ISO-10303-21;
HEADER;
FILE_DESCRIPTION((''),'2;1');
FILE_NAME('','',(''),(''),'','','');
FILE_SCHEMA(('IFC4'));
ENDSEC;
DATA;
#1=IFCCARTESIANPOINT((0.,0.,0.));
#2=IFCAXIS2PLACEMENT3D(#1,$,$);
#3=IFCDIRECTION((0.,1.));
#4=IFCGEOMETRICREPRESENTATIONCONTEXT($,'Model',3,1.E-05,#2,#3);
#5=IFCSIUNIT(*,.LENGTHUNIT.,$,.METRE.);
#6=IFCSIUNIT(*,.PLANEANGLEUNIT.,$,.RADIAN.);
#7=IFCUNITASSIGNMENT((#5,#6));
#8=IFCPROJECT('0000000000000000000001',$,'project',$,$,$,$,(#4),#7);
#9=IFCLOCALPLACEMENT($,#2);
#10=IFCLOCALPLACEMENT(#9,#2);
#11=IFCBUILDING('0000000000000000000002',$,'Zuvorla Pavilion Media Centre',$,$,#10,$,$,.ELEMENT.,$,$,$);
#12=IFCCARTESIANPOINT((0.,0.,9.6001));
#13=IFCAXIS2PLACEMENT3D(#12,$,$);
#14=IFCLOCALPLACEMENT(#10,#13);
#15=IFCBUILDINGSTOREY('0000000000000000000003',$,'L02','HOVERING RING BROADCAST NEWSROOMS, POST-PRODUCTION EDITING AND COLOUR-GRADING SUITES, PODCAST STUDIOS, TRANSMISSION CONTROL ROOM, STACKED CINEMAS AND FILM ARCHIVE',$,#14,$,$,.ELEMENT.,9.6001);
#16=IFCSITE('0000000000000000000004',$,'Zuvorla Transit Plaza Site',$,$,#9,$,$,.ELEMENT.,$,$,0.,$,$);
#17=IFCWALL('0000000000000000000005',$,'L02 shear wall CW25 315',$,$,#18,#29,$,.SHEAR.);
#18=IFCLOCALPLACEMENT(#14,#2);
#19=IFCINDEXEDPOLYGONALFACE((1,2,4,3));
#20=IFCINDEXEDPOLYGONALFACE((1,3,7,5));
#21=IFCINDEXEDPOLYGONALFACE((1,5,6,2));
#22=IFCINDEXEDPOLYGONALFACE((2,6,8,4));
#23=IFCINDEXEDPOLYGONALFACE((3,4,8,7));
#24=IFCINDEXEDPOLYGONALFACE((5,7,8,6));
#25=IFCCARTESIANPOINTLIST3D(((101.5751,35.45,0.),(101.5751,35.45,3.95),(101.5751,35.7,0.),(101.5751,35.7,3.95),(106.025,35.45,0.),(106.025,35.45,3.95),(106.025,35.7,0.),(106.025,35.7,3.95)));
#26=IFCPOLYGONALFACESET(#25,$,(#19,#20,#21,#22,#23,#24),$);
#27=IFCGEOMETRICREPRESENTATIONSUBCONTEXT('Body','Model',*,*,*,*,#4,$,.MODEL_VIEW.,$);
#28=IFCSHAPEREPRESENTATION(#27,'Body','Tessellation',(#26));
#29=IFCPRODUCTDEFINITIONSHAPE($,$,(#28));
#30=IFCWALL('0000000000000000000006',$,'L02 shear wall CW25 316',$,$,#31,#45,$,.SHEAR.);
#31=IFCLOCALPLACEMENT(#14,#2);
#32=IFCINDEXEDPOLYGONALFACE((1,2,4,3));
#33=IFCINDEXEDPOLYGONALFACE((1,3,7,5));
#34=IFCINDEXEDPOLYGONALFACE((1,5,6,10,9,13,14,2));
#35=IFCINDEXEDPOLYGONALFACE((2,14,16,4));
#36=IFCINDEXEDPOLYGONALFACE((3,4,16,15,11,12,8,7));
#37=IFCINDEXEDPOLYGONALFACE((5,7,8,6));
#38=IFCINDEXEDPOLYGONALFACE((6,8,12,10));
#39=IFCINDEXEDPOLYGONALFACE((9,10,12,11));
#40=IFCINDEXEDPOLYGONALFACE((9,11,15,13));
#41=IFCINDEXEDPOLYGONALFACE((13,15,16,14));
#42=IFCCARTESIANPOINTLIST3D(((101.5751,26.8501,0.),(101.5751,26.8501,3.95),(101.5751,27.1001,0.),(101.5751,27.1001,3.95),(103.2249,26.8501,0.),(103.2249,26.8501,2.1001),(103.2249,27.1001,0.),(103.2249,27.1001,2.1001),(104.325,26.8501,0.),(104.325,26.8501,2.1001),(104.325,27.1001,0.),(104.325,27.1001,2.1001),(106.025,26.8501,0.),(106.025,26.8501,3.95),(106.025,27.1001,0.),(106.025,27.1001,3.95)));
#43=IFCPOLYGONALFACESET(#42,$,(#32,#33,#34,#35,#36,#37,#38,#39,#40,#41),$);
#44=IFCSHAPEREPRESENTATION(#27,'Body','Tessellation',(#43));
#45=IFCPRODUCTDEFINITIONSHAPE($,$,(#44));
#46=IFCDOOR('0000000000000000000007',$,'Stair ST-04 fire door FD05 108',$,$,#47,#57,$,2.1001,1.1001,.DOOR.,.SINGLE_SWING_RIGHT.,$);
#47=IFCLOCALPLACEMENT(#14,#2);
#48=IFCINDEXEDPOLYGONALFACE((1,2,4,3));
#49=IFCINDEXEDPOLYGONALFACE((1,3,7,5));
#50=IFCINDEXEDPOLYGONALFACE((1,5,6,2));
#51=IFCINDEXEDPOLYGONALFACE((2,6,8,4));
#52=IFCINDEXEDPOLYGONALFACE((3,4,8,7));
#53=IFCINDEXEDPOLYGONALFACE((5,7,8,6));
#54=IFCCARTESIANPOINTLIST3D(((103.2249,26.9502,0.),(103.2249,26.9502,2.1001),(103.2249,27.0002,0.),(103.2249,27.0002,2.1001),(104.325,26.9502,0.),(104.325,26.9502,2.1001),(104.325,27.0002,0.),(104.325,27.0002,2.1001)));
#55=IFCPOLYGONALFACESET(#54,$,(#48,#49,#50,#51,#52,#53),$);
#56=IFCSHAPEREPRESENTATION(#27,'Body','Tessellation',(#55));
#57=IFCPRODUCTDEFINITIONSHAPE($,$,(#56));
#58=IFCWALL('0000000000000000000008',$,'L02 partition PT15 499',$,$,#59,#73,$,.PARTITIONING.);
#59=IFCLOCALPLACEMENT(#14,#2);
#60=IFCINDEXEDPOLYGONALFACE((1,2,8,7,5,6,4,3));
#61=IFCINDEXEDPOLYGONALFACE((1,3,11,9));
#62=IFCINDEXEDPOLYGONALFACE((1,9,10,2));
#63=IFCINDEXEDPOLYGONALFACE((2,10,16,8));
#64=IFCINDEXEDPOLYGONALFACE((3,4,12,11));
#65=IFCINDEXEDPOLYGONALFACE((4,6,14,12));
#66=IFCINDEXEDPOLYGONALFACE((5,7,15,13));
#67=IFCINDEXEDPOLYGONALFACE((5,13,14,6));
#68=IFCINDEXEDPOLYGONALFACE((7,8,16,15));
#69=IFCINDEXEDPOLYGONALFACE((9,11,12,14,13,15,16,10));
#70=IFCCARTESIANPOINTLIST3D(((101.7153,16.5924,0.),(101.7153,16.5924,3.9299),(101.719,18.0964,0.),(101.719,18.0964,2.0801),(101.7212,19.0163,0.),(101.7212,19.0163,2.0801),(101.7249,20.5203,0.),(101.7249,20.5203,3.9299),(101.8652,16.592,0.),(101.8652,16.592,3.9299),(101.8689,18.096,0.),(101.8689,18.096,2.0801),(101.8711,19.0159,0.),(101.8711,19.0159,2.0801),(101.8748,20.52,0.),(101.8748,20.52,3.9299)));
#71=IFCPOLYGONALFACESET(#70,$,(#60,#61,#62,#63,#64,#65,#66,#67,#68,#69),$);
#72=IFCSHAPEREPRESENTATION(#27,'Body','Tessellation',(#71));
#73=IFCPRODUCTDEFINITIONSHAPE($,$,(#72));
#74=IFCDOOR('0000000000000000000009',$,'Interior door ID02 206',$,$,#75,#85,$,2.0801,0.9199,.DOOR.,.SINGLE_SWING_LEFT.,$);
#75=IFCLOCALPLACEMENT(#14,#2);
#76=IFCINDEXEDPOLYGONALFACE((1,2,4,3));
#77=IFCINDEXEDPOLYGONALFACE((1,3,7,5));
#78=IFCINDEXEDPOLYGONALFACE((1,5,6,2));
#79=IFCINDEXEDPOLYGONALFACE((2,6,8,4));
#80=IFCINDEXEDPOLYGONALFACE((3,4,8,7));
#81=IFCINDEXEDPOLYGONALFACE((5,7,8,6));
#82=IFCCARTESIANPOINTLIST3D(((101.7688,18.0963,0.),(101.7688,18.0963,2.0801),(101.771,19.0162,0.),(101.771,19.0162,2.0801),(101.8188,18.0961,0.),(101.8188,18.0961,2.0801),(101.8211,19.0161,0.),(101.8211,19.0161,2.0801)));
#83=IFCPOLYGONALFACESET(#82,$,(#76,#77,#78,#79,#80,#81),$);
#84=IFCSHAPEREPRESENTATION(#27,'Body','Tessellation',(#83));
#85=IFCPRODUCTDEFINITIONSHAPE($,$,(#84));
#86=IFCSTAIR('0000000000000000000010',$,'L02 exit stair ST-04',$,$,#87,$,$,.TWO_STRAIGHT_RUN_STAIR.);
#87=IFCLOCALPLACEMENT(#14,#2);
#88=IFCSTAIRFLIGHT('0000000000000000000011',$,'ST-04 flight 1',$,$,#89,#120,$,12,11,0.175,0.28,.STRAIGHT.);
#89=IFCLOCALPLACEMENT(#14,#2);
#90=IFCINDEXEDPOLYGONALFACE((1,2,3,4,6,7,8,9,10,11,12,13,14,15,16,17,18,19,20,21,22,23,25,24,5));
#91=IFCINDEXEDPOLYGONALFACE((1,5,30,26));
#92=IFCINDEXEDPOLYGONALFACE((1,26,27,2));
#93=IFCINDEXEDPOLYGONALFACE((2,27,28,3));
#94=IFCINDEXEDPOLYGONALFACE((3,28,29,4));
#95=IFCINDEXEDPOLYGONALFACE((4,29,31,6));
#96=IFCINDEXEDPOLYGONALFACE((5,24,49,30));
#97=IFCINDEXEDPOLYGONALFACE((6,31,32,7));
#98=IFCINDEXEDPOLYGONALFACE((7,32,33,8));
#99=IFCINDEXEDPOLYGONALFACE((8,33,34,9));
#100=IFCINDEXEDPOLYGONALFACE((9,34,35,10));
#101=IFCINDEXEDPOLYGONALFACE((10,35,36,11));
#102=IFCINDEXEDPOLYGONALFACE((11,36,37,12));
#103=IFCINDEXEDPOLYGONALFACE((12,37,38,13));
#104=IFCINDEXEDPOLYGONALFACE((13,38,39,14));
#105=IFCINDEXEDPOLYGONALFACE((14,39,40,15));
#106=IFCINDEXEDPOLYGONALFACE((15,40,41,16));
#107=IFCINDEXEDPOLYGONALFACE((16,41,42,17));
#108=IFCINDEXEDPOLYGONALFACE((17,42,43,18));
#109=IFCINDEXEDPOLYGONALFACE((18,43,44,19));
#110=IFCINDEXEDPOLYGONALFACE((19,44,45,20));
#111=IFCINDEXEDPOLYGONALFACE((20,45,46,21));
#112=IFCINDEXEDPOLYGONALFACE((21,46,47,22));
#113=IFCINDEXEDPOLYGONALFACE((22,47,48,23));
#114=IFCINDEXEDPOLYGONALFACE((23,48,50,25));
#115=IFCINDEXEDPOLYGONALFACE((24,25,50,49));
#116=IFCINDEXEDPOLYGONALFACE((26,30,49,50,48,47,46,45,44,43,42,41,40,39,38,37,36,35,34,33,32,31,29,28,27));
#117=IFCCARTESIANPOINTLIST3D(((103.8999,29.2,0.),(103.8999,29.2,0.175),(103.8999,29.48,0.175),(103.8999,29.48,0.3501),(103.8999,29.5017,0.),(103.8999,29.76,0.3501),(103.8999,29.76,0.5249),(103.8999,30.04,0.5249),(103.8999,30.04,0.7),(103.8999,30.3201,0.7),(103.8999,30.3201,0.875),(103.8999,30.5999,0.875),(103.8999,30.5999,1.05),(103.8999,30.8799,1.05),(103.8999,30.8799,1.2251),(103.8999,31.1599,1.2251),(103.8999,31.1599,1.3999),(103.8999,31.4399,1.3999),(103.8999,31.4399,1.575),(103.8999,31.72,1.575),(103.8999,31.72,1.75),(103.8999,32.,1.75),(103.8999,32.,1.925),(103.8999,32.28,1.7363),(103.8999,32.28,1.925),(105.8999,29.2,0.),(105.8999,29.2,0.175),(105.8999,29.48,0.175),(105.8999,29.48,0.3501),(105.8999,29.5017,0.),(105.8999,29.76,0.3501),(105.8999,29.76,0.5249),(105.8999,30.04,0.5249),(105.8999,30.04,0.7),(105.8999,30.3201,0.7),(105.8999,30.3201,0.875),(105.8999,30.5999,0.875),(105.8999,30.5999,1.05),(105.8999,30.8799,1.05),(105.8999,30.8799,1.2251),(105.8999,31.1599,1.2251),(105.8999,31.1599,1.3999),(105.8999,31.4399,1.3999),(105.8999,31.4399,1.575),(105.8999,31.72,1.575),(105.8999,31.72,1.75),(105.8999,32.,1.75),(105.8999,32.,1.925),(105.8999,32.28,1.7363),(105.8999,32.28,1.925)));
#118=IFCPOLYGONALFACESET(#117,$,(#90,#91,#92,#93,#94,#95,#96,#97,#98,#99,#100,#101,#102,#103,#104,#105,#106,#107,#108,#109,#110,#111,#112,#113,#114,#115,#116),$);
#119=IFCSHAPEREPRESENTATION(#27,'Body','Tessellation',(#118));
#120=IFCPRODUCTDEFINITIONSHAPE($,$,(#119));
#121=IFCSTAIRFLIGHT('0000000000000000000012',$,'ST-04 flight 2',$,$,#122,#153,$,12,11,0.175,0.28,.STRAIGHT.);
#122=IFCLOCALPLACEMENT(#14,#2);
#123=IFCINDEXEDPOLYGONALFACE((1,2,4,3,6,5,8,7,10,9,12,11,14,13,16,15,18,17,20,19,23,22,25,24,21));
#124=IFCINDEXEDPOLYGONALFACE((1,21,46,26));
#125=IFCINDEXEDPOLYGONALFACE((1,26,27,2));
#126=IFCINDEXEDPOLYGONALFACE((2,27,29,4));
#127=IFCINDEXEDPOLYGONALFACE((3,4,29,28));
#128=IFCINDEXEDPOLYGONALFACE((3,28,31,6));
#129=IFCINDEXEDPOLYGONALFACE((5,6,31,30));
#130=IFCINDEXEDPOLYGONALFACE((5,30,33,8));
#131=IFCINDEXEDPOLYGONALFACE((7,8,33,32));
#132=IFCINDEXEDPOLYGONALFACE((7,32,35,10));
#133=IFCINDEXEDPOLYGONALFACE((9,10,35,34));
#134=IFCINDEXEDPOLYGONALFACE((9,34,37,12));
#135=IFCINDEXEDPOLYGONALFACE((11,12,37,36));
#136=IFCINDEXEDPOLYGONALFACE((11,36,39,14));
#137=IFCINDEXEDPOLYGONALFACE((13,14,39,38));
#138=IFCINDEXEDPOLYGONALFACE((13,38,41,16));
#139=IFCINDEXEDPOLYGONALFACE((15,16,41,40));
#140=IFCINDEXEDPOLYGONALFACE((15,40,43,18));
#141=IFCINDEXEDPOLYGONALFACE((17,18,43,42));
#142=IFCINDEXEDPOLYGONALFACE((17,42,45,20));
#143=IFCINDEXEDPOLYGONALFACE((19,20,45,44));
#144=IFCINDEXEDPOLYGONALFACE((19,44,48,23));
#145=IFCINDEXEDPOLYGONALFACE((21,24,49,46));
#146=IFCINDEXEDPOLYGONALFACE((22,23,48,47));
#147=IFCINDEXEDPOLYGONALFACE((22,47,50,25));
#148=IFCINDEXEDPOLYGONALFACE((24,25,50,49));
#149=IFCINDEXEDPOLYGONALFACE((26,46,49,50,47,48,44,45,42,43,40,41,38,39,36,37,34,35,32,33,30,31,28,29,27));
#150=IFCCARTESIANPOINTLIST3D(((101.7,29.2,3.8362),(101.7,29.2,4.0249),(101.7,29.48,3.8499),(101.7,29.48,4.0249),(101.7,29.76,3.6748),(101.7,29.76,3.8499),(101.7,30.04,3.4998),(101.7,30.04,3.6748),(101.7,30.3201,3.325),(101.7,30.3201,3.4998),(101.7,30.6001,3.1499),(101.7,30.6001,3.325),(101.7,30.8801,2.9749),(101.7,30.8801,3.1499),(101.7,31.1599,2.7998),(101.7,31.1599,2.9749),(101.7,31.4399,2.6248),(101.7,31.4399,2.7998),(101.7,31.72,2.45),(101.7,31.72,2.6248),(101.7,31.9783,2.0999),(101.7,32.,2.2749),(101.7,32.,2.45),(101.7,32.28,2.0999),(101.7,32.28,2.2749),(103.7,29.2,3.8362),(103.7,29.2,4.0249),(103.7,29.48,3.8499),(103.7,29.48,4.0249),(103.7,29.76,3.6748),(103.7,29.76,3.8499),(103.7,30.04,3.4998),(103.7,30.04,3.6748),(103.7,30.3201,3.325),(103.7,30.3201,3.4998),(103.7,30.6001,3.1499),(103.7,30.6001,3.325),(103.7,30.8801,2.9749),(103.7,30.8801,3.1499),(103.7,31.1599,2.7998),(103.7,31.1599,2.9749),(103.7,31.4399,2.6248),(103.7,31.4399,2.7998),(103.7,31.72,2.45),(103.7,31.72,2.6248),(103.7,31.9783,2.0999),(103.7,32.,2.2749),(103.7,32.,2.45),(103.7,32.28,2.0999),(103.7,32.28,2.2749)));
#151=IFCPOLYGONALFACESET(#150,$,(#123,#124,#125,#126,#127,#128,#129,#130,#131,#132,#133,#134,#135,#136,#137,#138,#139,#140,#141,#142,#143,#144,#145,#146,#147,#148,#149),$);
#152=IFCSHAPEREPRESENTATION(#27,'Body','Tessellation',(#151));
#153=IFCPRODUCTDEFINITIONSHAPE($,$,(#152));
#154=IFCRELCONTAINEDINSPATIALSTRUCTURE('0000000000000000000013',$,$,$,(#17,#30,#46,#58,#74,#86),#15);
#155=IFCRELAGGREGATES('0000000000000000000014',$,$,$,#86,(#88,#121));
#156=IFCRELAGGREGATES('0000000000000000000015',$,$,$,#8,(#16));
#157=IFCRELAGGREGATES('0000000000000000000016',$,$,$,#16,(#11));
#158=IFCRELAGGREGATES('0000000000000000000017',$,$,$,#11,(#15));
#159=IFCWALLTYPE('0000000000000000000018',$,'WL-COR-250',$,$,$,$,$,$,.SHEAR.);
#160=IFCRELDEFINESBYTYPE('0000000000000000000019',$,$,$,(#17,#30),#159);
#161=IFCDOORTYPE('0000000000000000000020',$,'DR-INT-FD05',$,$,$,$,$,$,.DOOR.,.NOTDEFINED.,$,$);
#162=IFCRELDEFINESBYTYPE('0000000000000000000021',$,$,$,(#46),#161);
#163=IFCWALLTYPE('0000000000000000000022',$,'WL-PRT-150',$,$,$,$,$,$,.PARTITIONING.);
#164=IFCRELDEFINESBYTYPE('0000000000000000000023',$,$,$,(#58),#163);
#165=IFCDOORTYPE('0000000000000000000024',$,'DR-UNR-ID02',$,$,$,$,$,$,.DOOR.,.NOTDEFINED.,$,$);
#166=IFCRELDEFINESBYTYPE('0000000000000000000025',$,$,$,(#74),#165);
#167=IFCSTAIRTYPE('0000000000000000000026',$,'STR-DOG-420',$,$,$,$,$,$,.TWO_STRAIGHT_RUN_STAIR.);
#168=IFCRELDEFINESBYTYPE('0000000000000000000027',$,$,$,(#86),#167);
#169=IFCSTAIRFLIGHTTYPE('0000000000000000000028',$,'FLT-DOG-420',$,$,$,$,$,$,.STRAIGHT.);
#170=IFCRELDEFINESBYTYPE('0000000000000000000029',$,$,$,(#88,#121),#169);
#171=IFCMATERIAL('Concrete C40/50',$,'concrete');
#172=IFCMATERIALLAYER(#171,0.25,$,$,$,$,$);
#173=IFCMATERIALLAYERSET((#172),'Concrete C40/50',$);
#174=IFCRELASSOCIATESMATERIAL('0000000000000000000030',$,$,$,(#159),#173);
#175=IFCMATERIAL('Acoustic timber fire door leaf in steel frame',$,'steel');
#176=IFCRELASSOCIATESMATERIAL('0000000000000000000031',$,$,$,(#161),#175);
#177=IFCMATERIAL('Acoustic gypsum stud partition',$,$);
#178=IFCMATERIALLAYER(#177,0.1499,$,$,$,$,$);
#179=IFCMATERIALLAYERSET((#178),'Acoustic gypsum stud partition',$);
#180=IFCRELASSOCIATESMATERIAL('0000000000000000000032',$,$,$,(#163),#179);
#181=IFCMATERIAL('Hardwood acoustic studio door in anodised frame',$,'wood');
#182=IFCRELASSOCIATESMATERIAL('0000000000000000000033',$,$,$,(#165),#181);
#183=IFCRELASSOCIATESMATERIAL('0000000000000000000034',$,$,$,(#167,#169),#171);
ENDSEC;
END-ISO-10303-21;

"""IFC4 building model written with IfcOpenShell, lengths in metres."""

from ifc_helpers import new_model, si_unit, direction, frame, frame_2d, origin, place, context, subcontext, project, spatial, polyline, rectangle, outline, extrude, material, layer, layer_set, type_object, element, fill, aggregate, save


model = new_model("IFC4")

# Units and contexts
model_context = context("Model", 3, precision=1e-05, world=origin(), true_north=direction((0.0, 1.0)))
body_context = subcontext(model_context, "Body", "Model", "MODEL_VIEW")
ifc_project = project(units=[si_unit("LENGTHUNIT", "METRE"), si_unit("PLANEANGLEUNIT", "RADIAN")], contexts=[model_context])

# Site, building, storey
site_placement = place(None, origin())
site = spatial("IfcSite", under=ifc_project, at=site_placement, Name="Zuvorla Transit Plaza Site", CompositionType="ELEMENT", RefElevation=0.0)
building_placement = place(site_placement, origin())
building = spatial("IfcBuilding", under=site, at=building_placement, Name="Zuvorla Pavilion Media Centre", CompositionType="ELEMENT")
storey_placement = place(building_placement, frame((0.0, 0.0, 9.6001)))
storey = spatial("IfcBuildingStorey", under=building, at=storey_placement, Name="L02", Description="HOVERING RING BROADCAST NEWSROOMS, POST-PRODUCTION EDITING AND COLOUR-GRADING SUITES, PODCAST STUDIOS, TRANSMISSION CONTROL ROOM, STACKED CINEMAS AND FILM ARCHIVE", CompositionType="ELEMENT", Elevation=9.6001)

# Shared definitions
ifc_material_1 = material(Name="Concrete C40/50", Category="concrete")

# Shared definitions
ifc_material_2 = material(Name="Acoustic timber fire door leaf in steel frame", Category="steel")

# Wall
ifc_layer_1 = layer(ifc_material_1, 0.25)
ifc_layer_set_1 = layer_set([ifc_layer_1], Name="Concrete C40/50")
wall_type_1 = type_object("IfcWallType", Name="WL-COR-250", PredefinedType="SHEAR", material=ifc_layer_set_1)
wall_1_placement = place(storey_placement, frame((101.575, 35.575, 0.0), z_axis=(0.0, 0.0, 1.0), x_axis=(1.0, 0.0, 0.0)))
element("IfcWall", 1, at=wall_1_placement, inside=storey, type_object=wall_type_1, Name="L02 shear wall CW25 315", PredefinedType="SHEAR", context=body_context, shape_type="SweptSolid", body=[
    extrude(rectangle(XDim=4.45, YDim=0.25, at=frame_2d((2.2251, 0.0))), origin(), (0.0, 0.0, 1.0), 3.95),
])

# Walls, openings, doors
wall_2_placement = place(storey_placement, frame((101.575, 26.9751, 0.0), z_axis=(0.0, 0.0, 1.0), x_axis=(1.0, 0.0, 0.0)))
wall_2 = element("IfcWall", 2, at=wall_2_placement, inside=storey, type_object=wall_type_1, Name="L02 shear wall CW25 316", PredefinedType="SHEAR", context=body_context, shape_type="SweptSolid", body=[
    extrude(rectangle(XDim=4.45, YDim=0.25, at=frame_2d((2.2251, 0.0))), origin(), (0.0, 0.0, 1.0), 3.95),
])
opening_1_placement = place(wall_2_placement, frame((1.6499, 0.0, 0.0)))
opening_1 = element("IfcOpeningElement", 3, at=opening_1_placement, cuts=wall_2, PredefinedType="OPENING", context=body_context, shape_type="SweptSolid", body=[
    extrude(rectangle(XDim=1.1001, YDim=2.1001, at=frame_2d((0.55, 1.05))), frame((0.0, 0.135, 0.0), z_axis=(0.0, -1.0, 0.0), x_axis=(1.0, 0.0, 0.0)), (0.0, 0.0, 1.0), 0.27),
])
door_type_1 = type_object("IfcDoorType", Name="DR-INT-FD05", OperationType="NOTDEFINED", PredefinedType="DOOR", material=ifc_material_2)
door_1_placement = place(opening_1_placement, frame((1.1001, 0.0, 0.0), z_axis=(0.0, 0.0, 1.0), x_axis=(-1.0, 0.0, 0.0)))
door_1 = element("IfcDoor", 4, at=door_1_placement, inside=storey, type_object=door_type_1, Name="Stair ST-04 fire door FD05 108", OperationType="SINGLE_SWING_RIGHT", OverallHeight=2.1001, OverallWidth=1.1001, PredefinedType="DOOR", context=body_context, shape_type="SweptSolid", body=[
    extrude(rectangle(XDim=1.1001, YDim=2.1001, at=frame_2d((0.55, 1.05))), frame((0.0, 0.0249, 0.0), z_axis=(0.0, -1.0, 0.0), x_axis=(1.0, 0.0, 0.0)), (0.0, 0.0, 1.0), 0.05),
])
fill(opening_1, door_1)
ifc_material_3 = material(Name="Acoustic gypsum stud partition")
ifc_layer_2 = layer(ifc_material_3, 0.1499)
ifc_layer_set_2 = layer_set([ifc_layer_2], Name="Acoustic gypsum stud partition")
wall_type_2 = type_object("IfcWallType", Name="WL-PRT-150", PredefinedType="PARTITIONING", material=ifc_layer_set_2)
wall_3_placement = place(storey_placement, frame((101.7998, 20.52, 0.0), z_axis=(0.0, 0.0, 1.0), x_axis=(-0.002424, -0.999997, 0.0)))
wall_3 = element("IfcWall", 5, at=wall_3_placement, inside=storey, type_object=wall_type_2, Name="L02 partition PT15 499", PredefinedType="PARTITIONING", context=body_context, shape_type="SweptSolid", body=[
    extrude(rectangle(XDim=3.928, YDim=0.1499, at=frame_2d((1.9639, 0.0))), origin(), (0.0, 0.0, 1.0), 3.9299),
])
opening_2_placement = place(wall_3_placement, frame((1.5039, 0.0, 0.0)))
opening_2 = element("IfcOpeningElement", 6, at=opening_2_placement, cuts=wall_3, PredefinedType="OPENING", context=body_context, shape_type="SweptSolid", body=[
    extrude(rectangle(XDim=0.9199, YDim=2.0801, at=frame_2d((0.46, 1.04))), frame((0.0, 0.085, 0.0), z_axis=(0.0, -1.0, 0.0), x_axis=(1.0, 0.0, 0.0)), (0.0, 0.0, 1.0), 0.1699),
])
ifc_material_4 = material(Name="Hardwood acoustic studio door in anodised frame", Category="wood")
door_type_2 = type_object("IfcDoorType", Name="DR-UNR-ID02", OperationType="NOTDEFINED", PredefinedType="DOOR", material=ifc_material_4)
door_2_placement = place(opening_2_placement, origin())
door_2 = element("IfcDoor", 7, at=door_2_placement, inside=storey, type_object=door_type_2, Name="Interior door ID02 206", OperationType="SINGLE_SWING_LEFT", OverallHeight=2.0801, OverallWidth=0.9199, PredefinedType="DOOR", context=body_context, shape_type="SweptSolid", body=[
    extrude(rectangle(XDim=0.9199, YDim=2.0801, at=frame_2d((0.46, 1.04))), frame((0.0, 0.0249, 0.0), z_axis=(0.0, -1.0, 0.0), x_axis=(1.0, 0.0, 0.0)), (0.0, 0.0, 1.0), 0.05),
])
fill(opening_2, door_2)

# Stair, stair flights
stair_type = type_object("IfcStairType", Name="STR-DOG-420", PredefinedType="TWO_STRAIGHT_RUN_STAIR", material=ifc_material_1)
stair_placement = place(storey_placement, origin())
stair = element("IfcStair", 8, at=stair_placement, inside=storey, type_object=stair_type, Name="L02 exit stair ST-04", PredefinedType="TWO_STRAIGHT_RUN_STAIR")
stair_flight_type = type_object("IfcStairFlightType", Name="FLT-DOG-420", PredefinedType="STRAIGHT", material=ifc_material_1)
stair_flight_1_placement = place(storey_placement, frame((104.8999, 29.2, 0.0), z_axis=(0.0, 0.0, 1.0), x_axis=(0.0, 1.0, 0.0)))
stair_flight_1 = element("IfcStairFlight", 9, at=stair_flight_1_placement, type_object=stair_flight_type, Name="ST-04 flight 1", NumberOfRisers=12, NumberOfTreads=11, PredefinedType="STRAIGHT", RiserHeight=0.175, TreadLength=0.28, context=body_context, shape_type="SweptSolid", body=[
    extrude(outline(polyline([(0.0, 0.0), (0.0, 0.175), (0.28, 0.175), (0.28, 0.3501), (0.5601, 0.3501), (0.5601, 0.5249), (0.8401, 0.5249), (0.8401, 0.7), (1.1201, 0.7), (1.1201, 0.875), (1.3999, 0.875), (1.3999, 1.05), (1.6799, 1.05), (1.6799, 1.2251), (1.96, 1.2251), (1.96, 1.3999), (2.24, 1.3999), (2.24, 1.575), (2.52, 1.575), (2.52, 1.75), (2.8, 1.75), (2.8, 1.925), (3.0801, 1.925), (3.0801, 2.1001), (3.0801, 1.7363), (0.3018, 0.0), (0.0, 0.0)])), frame((0.0, 1.0, 0.0), z_axis=(0.0, -1.0, 0.0), x_axis=(1.0, 0.0, 0.0)), (0.0, 0.0, 1.0), 2.0),
])
stair_flight_2_placement = place(storey_placement, frame((102.7, 32.28, 2.0999), z_axis=(0.0, 0.0, 1.0), x_axis=(0.0, -1.0, 0.0)))
stair_flight_2 = element("IfcStairFlight", 10, at=stair_flight_2_placement, type_object=stair_flight_type, Name="ST-04 flight 2", NumberOfRisers=12, NumberOfTreads=11, PredefinedType="STRAIGHT", RiserHeight=0.175, TreadLength=0.28, context=body_context, shape_type="SweptSolid", body=[
    extrude(outline(polyline([(0.0, 0.0), (0.0, 0.175), (0.28, 0.175), (0.28, 0.3501), (0.5601, 0.3501), (0.5601, 0.5249), (0.8401, 0.5249), (0.8401, 0.7), (1.1201, 0.7), (1.1201, 0.875), (1.3999, 0.875), (1.3999, 1.05), (1.6799, 1.05), (1.6799, 1.2251), (1.96, 1.2251), (1.96, 1.3999), (2.24, 1.3999), (2.24, 1.575), (2.52, 1.575), (2.52, 1.75), (2.8, 1.75), (2.8, 1.925), (3.0801, 1.925), (3.0801, 2.1001), (3.0801, 1.7363), (0.3018, 0.0), (0.0, 0.0)])), frame((0.0, 1.0, 0.0), z_axis=(0.0, -1.0, 0.0), x_axis=(1.0, 0.0, 0.0)), (0.0, 0.0, 1.0), 2.0),
])
aggregate(stair, [stair_flight_1, stair_flight_2])

save(model, "model.ifc")
